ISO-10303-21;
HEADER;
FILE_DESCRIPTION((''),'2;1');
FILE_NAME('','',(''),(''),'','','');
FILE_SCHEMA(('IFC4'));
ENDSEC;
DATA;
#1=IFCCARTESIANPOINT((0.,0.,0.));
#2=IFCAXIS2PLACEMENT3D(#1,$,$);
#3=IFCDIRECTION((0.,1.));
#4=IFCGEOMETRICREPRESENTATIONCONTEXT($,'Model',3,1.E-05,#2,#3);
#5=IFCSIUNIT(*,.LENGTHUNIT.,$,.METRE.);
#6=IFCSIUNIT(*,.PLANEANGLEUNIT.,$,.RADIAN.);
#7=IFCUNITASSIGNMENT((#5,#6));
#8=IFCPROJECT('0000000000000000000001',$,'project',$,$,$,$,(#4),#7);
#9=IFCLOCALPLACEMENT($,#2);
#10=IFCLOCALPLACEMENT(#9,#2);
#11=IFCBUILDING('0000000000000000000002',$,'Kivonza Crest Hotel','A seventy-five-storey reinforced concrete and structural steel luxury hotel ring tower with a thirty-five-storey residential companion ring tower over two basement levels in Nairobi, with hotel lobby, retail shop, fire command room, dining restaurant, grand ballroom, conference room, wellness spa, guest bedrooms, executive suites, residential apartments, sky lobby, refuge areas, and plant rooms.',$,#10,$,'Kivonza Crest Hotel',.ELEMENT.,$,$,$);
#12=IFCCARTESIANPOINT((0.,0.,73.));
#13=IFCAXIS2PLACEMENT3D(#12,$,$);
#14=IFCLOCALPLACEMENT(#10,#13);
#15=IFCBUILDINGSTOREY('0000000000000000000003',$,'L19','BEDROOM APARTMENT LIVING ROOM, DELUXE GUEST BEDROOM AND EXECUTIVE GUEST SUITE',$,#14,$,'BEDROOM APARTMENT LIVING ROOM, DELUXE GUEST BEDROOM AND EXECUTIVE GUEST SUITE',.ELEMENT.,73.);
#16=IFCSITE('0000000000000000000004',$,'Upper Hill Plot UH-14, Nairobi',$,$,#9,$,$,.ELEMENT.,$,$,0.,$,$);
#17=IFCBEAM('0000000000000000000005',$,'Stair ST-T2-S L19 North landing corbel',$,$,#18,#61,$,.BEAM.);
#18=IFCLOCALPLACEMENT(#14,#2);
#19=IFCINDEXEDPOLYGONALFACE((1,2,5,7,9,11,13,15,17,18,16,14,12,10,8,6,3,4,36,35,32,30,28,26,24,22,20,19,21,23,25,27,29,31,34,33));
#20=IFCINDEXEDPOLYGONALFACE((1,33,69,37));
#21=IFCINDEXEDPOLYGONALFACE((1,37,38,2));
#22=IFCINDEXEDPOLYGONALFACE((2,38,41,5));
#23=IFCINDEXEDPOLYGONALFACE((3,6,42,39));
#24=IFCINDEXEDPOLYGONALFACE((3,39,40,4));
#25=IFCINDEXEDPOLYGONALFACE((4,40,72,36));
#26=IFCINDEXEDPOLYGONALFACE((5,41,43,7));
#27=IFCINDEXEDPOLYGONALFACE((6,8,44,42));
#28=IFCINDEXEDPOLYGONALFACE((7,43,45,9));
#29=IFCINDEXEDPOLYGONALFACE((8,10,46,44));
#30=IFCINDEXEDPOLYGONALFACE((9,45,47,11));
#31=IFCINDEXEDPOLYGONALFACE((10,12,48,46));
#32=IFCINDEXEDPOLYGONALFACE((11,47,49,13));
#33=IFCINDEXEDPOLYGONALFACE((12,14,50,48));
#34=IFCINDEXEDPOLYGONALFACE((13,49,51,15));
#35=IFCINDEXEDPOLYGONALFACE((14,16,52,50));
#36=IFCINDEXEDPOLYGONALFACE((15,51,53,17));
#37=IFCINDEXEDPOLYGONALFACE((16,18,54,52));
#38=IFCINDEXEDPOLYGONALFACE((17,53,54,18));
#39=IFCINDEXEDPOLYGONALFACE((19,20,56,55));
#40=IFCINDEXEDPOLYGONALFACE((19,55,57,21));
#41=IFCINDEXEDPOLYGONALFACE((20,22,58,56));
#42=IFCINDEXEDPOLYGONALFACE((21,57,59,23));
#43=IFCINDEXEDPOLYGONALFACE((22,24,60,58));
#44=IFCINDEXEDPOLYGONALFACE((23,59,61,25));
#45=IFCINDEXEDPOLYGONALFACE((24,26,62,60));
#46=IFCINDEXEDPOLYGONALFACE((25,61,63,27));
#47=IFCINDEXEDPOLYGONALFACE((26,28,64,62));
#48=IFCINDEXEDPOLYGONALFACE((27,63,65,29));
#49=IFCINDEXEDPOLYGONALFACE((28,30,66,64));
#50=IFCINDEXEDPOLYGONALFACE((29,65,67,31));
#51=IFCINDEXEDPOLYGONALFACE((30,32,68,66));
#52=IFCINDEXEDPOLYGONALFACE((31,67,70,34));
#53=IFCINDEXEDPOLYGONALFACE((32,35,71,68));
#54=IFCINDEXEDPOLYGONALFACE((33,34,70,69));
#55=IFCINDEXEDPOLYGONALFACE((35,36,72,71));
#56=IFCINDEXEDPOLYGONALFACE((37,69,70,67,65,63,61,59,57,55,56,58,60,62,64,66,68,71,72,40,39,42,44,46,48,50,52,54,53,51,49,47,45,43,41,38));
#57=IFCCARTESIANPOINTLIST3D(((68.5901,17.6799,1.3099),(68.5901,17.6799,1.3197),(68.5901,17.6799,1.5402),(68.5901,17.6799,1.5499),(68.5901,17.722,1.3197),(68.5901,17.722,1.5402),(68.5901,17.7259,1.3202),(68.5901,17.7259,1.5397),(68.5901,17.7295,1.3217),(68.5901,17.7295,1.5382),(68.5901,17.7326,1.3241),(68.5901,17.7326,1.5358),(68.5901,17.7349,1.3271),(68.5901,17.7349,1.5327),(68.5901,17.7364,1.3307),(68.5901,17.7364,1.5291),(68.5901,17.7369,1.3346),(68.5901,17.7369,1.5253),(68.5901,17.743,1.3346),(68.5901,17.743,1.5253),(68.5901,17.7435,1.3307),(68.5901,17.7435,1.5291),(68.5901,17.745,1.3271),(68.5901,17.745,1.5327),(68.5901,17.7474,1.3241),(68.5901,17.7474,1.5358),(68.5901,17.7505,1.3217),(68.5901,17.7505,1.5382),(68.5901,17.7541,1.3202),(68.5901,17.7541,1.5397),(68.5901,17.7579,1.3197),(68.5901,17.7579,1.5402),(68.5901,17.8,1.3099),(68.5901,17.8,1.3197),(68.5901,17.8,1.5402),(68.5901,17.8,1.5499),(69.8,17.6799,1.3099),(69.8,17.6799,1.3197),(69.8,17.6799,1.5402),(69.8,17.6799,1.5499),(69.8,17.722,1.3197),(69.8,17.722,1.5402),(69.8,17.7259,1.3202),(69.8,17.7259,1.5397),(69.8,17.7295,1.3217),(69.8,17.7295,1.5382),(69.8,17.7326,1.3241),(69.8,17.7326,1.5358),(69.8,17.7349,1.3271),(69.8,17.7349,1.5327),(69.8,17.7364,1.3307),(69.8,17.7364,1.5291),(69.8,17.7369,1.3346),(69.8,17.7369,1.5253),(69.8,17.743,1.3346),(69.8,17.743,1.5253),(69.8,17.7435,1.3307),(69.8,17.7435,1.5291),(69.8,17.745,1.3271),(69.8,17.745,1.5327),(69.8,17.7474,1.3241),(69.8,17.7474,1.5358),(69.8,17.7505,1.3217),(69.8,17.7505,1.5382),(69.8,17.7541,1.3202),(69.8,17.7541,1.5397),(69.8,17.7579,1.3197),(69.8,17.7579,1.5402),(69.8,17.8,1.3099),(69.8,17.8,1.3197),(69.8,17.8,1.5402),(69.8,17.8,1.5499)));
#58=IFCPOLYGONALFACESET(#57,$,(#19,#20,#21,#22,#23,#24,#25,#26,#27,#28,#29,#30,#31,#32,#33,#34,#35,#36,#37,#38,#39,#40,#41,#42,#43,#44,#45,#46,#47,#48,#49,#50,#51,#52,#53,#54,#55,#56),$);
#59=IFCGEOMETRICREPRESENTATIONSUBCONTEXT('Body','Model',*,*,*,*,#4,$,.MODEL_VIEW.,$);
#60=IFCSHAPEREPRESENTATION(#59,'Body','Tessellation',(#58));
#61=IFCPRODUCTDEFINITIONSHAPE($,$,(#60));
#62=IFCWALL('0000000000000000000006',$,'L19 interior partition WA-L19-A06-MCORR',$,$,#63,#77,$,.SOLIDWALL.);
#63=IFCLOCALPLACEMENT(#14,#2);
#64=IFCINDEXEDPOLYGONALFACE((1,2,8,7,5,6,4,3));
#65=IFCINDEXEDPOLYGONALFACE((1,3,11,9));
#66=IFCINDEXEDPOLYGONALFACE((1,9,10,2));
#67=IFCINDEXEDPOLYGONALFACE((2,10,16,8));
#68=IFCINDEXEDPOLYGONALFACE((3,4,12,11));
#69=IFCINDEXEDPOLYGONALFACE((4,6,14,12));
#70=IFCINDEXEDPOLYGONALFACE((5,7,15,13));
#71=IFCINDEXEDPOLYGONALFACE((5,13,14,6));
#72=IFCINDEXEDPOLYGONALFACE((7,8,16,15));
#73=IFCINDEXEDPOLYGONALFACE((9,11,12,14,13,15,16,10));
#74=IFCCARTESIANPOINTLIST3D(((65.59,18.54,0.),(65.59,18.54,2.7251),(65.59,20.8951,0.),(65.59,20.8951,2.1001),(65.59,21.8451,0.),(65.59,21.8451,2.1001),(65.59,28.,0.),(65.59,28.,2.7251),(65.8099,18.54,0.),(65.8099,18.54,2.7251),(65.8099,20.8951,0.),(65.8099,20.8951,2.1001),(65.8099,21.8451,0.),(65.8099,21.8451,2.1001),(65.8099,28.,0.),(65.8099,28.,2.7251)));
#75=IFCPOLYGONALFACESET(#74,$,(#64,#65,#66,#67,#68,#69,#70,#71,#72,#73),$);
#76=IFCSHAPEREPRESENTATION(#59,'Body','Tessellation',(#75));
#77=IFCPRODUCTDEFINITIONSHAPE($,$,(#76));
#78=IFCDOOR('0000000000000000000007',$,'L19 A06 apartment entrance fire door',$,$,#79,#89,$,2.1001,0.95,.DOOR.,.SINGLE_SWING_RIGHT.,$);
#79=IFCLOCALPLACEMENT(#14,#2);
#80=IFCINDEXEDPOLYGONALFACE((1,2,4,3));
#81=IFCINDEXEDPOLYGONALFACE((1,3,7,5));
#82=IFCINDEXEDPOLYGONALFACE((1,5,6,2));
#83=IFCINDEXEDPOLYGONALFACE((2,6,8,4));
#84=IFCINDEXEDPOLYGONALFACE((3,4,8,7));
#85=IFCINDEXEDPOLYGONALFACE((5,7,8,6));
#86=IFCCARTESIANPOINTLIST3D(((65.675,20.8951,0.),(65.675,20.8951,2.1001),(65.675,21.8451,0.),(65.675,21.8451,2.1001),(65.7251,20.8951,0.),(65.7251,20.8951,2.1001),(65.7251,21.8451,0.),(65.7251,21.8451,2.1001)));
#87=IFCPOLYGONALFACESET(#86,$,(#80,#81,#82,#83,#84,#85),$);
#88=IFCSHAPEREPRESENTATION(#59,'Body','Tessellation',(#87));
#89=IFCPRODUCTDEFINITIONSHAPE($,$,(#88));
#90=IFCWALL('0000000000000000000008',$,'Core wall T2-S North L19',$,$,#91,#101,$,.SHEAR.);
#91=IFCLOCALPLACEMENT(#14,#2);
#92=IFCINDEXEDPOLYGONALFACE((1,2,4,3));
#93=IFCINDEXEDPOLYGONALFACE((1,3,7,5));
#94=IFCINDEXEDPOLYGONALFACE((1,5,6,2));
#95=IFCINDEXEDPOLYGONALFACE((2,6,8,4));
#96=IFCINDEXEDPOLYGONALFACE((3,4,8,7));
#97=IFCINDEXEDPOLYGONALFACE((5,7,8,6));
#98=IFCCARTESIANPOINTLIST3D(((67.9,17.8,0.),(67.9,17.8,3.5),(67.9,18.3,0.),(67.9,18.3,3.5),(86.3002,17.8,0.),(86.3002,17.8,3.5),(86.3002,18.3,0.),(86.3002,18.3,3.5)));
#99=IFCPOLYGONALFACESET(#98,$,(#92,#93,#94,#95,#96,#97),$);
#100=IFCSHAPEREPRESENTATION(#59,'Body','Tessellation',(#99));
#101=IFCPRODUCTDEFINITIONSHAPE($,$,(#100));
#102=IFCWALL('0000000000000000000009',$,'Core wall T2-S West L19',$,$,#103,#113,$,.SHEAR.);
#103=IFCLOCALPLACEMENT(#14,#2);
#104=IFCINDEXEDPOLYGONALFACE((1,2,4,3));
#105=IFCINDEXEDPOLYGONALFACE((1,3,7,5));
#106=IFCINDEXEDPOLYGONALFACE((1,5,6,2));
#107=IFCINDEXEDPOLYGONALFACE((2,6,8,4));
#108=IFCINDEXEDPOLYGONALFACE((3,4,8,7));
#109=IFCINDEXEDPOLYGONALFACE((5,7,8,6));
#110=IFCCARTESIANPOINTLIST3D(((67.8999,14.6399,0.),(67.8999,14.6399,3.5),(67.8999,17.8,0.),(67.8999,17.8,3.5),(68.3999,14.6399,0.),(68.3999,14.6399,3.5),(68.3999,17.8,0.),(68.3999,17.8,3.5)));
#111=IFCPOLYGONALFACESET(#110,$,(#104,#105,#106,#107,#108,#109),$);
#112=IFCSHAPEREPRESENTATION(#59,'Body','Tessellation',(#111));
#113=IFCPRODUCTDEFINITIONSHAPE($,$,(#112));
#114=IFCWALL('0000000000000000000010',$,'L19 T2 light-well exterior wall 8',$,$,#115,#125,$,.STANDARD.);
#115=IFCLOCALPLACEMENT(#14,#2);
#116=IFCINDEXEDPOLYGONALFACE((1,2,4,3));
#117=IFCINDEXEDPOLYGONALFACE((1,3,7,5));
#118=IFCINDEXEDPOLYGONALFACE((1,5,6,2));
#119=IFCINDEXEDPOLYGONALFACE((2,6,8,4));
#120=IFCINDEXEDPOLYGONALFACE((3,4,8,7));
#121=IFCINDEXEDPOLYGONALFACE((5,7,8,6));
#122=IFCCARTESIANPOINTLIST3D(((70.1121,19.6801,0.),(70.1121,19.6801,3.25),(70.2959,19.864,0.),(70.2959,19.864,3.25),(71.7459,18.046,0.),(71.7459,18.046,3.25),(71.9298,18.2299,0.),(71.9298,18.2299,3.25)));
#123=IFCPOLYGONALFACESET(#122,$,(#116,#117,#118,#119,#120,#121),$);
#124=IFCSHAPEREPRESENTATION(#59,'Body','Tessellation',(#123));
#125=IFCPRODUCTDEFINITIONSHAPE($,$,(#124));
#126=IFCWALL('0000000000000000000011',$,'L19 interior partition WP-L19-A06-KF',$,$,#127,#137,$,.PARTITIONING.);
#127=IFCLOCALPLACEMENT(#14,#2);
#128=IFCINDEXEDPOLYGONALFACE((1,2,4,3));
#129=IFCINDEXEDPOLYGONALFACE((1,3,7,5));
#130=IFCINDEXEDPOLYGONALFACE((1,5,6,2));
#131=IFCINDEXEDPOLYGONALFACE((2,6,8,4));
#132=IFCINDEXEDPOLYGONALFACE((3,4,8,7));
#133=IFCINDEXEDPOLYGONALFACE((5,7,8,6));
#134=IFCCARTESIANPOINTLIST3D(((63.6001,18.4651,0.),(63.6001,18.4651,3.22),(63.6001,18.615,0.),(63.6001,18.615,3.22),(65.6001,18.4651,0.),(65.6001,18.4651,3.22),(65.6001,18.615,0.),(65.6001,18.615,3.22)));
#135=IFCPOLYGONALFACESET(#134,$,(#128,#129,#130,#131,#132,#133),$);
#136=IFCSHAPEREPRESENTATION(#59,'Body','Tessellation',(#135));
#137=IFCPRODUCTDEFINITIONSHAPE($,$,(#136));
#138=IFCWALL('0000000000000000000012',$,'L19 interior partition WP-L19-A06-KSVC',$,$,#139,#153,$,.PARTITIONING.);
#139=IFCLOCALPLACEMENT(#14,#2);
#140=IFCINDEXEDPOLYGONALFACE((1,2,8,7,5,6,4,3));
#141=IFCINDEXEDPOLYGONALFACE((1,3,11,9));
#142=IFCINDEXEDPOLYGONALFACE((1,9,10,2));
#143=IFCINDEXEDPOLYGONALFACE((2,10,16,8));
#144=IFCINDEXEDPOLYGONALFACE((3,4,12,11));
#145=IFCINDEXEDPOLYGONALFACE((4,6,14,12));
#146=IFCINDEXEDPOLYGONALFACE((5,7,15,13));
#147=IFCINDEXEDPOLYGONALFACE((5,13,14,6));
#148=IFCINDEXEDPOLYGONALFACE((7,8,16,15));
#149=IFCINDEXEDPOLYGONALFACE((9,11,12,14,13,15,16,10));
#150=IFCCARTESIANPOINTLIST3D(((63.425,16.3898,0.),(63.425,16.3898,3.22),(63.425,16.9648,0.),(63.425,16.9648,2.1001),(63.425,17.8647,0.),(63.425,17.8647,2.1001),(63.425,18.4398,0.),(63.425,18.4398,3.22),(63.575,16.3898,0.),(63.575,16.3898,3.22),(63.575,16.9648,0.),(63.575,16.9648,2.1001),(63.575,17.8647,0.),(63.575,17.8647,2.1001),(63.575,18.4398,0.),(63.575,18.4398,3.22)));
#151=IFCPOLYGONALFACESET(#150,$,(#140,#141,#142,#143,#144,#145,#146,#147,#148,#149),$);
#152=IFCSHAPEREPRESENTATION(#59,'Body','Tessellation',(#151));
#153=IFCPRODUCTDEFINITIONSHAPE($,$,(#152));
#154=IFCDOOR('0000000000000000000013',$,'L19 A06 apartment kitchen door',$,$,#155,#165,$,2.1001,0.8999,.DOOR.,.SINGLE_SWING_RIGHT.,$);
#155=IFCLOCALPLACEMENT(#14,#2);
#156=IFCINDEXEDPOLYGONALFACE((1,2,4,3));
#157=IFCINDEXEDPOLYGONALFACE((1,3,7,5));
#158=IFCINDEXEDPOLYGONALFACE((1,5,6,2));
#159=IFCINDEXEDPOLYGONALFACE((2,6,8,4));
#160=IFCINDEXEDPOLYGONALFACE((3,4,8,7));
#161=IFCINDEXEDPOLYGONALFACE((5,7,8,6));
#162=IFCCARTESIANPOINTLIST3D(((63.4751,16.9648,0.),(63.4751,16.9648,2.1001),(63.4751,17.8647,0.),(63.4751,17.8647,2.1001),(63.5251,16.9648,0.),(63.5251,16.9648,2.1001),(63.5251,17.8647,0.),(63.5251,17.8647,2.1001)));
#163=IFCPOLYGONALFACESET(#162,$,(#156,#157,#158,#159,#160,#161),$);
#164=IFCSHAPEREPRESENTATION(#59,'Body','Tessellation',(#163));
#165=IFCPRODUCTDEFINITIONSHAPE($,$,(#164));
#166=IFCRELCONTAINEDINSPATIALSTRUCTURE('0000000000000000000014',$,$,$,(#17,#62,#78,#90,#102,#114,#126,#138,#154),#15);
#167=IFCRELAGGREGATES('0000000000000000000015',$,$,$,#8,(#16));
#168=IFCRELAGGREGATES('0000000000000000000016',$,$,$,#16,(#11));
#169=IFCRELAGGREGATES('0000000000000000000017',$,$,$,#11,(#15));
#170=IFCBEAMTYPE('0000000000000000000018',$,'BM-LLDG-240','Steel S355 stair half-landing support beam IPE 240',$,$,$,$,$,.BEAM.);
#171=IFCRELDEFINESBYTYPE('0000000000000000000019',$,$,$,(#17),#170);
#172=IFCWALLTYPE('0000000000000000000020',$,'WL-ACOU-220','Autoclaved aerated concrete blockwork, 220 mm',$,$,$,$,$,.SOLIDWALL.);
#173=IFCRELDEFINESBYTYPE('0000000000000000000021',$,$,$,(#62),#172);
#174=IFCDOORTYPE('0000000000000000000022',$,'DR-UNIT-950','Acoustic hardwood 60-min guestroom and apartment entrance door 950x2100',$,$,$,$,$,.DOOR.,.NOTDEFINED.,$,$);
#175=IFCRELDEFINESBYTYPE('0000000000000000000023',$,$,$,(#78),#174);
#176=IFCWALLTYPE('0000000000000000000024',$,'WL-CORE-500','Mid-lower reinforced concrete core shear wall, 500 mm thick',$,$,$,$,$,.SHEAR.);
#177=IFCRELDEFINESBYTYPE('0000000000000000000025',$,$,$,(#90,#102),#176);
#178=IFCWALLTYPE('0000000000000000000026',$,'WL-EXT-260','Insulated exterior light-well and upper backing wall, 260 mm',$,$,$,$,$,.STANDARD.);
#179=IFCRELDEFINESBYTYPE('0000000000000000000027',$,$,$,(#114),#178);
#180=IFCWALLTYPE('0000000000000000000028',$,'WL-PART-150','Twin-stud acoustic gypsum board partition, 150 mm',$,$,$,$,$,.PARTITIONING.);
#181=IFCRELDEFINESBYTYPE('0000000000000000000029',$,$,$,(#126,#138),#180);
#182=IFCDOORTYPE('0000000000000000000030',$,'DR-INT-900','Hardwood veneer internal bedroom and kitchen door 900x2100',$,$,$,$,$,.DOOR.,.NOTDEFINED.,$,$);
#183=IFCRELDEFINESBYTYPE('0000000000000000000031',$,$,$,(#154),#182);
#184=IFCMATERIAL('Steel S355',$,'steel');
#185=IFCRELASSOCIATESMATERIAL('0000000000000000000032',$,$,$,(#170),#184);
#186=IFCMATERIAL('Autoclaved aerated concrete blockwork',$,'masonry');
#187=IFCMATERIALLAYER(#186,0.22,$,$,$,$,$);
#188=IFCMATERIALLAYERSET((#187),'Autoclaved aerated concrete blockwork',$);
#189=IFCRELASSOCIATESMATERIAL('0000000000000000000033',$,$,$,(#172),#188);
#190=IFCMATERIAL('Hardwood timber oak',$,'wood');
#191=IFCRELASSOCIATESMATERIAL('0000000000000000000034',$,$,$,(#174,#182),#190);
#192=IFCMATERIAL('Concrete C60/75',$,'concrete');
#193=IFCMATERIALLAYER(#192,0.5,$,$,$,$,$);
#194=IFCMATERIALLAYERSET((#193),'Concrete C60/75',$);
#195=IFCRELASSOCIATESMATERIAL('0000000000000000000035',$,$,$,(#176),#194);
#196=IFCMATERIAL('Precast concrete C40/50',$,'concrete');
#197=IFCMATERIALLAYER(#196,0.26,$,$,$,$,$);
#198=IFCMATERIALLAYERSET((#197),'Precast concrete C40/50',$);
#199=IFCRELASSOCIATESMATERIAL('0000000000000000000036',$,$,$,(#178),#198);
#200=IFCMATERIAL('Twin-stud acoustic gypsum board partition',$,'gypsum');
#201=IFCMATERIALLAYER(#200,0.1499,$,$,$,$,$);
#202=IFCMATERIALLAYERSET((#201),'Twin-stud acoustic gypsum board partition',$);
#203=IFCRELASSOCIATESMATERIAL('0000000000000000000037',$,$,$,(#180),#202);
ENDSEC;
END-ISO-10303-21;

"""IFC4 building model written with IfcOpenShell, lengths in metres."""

from ifc_helpers import new_model, si_unit, direction, frame, frame_2d, origin, origin_2d, place, context, subcontext, project, spatial, rectangle, i_section, extrude, material, layer, layer_set, material_profile, profile_set, type_object, element, fill, save


model = new_model("IFC4")

# Units and contexts
model_context = context("Model", 3, precision=1e-05, world=origin(), true_north=direction((0.0, 1.0)))
body_context = subcontext(model_context, "Body", "Model", "MODEL_VIEW")
ifc_project = project(units=[si_unit("LENGTHUNIT", "METRE"), si_unit("PLANEANGLEUNIT", "RADIAN")], contexts=[model_context])

# Site, building, storey
site_placement = place(None, origin())
site = spatial("IfcSite", under=ifc_project, at=site_placement, Name="Upper Hill Plot UH-14, Nairobi", CompositionType="ELEMENT", RefElevation=0.0)
building_placement = place(site_placement, origin())
building = spatial("IfcBuilding", under=site, at=building_placement, Name="Kivonza Crest Hotel", Description="A seventy-five-storey reinforced concrete and structural steel luxury hotel ring tower with a thirty-five-storey residential companion ring tower over two basement levels in Nairobi, with hotel lobby, retail shop, fire command room, dining restaurant, grand ballroom, conference room, wellness spa, guest bedrooms, executive suites, residential apartments, sky lobby, refuge areas, and plant rooms.", LongName="Kivonza Crest Hotel", CompositionType="ELEMENT")
storey_placement = place(building_placement, frame((0.0, 0.0, 73.0)))
storey = spatial("IfcBuildingStorey", under=building, at=storey_placement, Name="L19", Description="BEDROOM APARTMENT LIVING ROOM, DELUXE GUEST BEDROOM AND EXECUTIVE GUEST SUITE", LongName="BEDROOM APARTMENT LIVING ROOM, DELUXE GUEST BEDROOM AND EXECUTIVE GUEST SUITE", CompositionType="ELEMENT", Elevation=73.0)

# Beam
ifc_material_1 = material(Name="Steel S355", Category="steel")
ifc_material_profile_1 = material_profile(ifc_material_1, i_section(OverallWidth=0.1201, OverallDepth=0.24, WebThickness=0.0061, FlangeThickness=0.0098, FilletRadius=0.0149, at=origin_2d()), Name="IPE 240")
ifc_profile_set_1 = profile_set([ifc_material_profile_1], Name="Steel S355")
beam_type_1 = type_object("IfcBeamType", Name="BM-LLDG-240", Description="Steel S355 stair half-landing support beam IPE 240", PredefinedType="BEAM", material=ifc_profile_set_1)
for number, where, z_axis, x_axis, name in (
    (1, (68.5901, 17.74, 1.4299), (1.0, 0.0, 0.0), (0.0, 1.0, 0.0), "Stair ST-T2-S L19 North landing corbel"),
):
    element("IfcBeam", number, at=place(storey_placement, frame(where, z_axis=z_axis, x_axis=x_axis)), inside=storey, type_object=beam_type_1, Name=name, PredefinedType="BEAM", context=body_context, shape_type="SweptSolid", body=[
        extrude(i_section(OverallWidth=0.1201, OverallDepth=0.24, WebThickness=0.0061, FlangeThickness=0.0098, FilletRadius=0.0149, at=origin_2d()), origin(), (0.0, 0.0, 1.0), 1.21),
    ])

# Wall, opening, door
ifc_material_2 = material(Name="Autoclaved aerated concrete blockwork", Category="masonry")
ifc_layer_1 = layer(ifc_material_2, 0.22)
ifc_layer_set_1 = layer_set([ifc_layer_1], Name="Autoclaved aerated concrete blockwork")
wall_type_1 = type_object("IfcWallType", Name="WL-ACOU-220", Description="Autoclaved aerated concrete blockwork, 220 mm", PredefinedType="SOLIDWALL", material=ifc_layer_set_1)
wall_1_placement = place(storey_placement, frame((65.7, 18.54, 0.0), z_axis=(0.0, 0.0, 1.0), x_axis=(0.0, 1.0, 0.0)))
wall_1 = element("IfcWall", 2, at=wall_1_placement, inside=storey, type_object=wall_type_1, Name="L19 interior partition WA-L19-A06-MCORR", PredefinedType="SOLIDWALL", context=body_context, shape_type="SweptSolid", body=[
    extrude(rectangle(XDim=9.46, YDim=0.22, at=frame_2d((4.73, 0.0))), origin(), (0.0, 0.0, 1.0), 2.7251),
])
opening_1_placement = place(wall_1_placement, frame((2.355, 0.0, 0.0)))
opening_1 = element("IfcOpeningElement", 3, at=opening_1_placement, cuts=wall_1, PredefinedType="OPENING", context=body_context, shape_type="SweptSolid", body=[
    extrude(rectangle(XDim=0.95, YDim=2.1001, at=frame_2d((0.4751, 1.05))), frame((0.0, 0.1201, 0.0), z_axis=(0.0, -1.0, 0.0), x_axis=(1.0, 0.0, 0.0)), (0.0, 0.0, 1.0), 0.24),
])
ifc_material_3 = material(Name="Hardwood timber oak", Category="wood")
door_type_1 = type_object("IfcDoorType", Name="DR-UNIT-950", Description="Acoustic hardwood 60-min guestroom and apartment entrance door 950x2100", OperationType="NOTDEFINED", PredefinedType="DOOR", material=ifc_material_3)
door_1_placement = place(opening_1_placement, origin())
door_1 = element("IfcDoor", 4, at=door_1_placement, inside=storey, type_object=door_type_1, Name="L19 A06 apartment entrance fire door", OperationType="SINGLE_SWING_RIGHT", OverallHeight=2.1001, OverallWidth=0.95, PredefinedType="DOOR", context=body_context, shape_type="SweptSolid", body=[
    extrude(rectangle(XDim=0.95, YDim=2.1001, at=frame_2d((0.4751, 1.05))), frame((0.0, 0.0249, 0.0), z_axis=(0.0, -1.0, 0.0), x_axis=(1.0, 0.0, 0.0)), (0.0, 0.0, 1.0), 0.05),
])
fill(opening_1, door_1)

# Shared definitions
ifc_material_4 = material(Name="Concrete C60/75", Category="concrete")
ifc_layer_2 = layer(ifc_material_4, 0.5)
ifc_layer_set_2 = layer_set([ifc_layer_2], Name="Concrete C60/75")
wall_type_2 = type_object("IfcWallType", Name="WL-CORE-500", Description="Mid-lower reinforced concrete core shear wall, 500 mm thick", PredefinedType="SHEAR", material=ifc_layer_set_2)

# Walls
wall_2_placement = place(storey_placement, frame((67.8999, 18.05, 0.0), z_axis=(0.0, 0.0, 1.0), x_axis=(1.0, 0.0, 0.0)))
element("IfcWall", 5, at=wall_2_placement, inside=storey, type_object=wall_type_2, Name="Core wall T2-S North L19", PredefinedType="SHEAR", context=body_context, shape_type="SweptSolid", body=[
    extrude(rectangle(XDim=18.4001, YDim=0.5, at=frame_2d((9.2002, 0.0))), origin(), (0.0, 0.0, 1.0), 3.5),
])
wall_3_placement = place(storey_placement, frame((68.1499, 14.6399, 0.0), z_axis=(0.0, 0.0, 1.0), x_axis=(0.0, 1.0, 0.0)))
element("IfcWall", 6, at=wall_3_placement, inside=storey, type_object=wall_type_2, Name="Core wall T2-S West L19", PredefinedType="SHEAR", context=body_context, shape_type="SweptSolid", body=[
    extrude(rectangle(XDim=3.1602, YDim=0.5, at=frame_2d((1.5801, 0.0))), origin(), (0.0, 0.0, 1.0), 3.5),
])
ifc_material_5 = material(Name="Precast concrete C40/50", Category="concrete")
ifc_layer_3 = layer(ifc_material_5, 0.26)
ifc_layer_set_3 = layer_set([ifc_layer_3], Name="Precast concrete C40/50")
wall_type_3 = type_object("IfcWallType", Name="WL-EXT-260", Description="Insulated exterior light-well and upper backing wall, 260 mm", PredefinedType="STANDARD", material=ifc_layer_set_3)
wall_4_placement = place(storey_placement, frame((70.2041, 19.772, 0.0), z_axis=(0.0, 0.0, 1.0), x_axis=(0.707054, -0.70716, 0.0)))
element("IfcWall", 7, at=wall_4_placement, inside=storey, type_object=wall_type_3, Name="L19 T2 light-well exterior wall 8", PredefinedType="STANDARD", context=body_context, shape_type="SweptSolid", body=[
    extrude(rectangle(XDim=2.3108, YDim=0.26, at=frame_2d((1.1553, 0.0))), origin(), (0.0, 0.0, 1.0), 3.25),
])
ifc_material_6 = material(Name="Twin-stud acoustic gypsum board partition", Category="gypsum")
ifc_layer_4 = layer(ifc_material_6, 0.1499)
ifc_layer_set_4 = layer_set([ifc_layer_4], Name="Twin-stud acoustic gypsum board partition")
wall_type_4 = type_object("IfcWallType", Name="WL-PART-150", Description="Twin-stud acoustic gypsum board partition, 150 mm", PredefinedType="PARTITIONING", material=ifc_layer_set_4)
wall_5_placement = place(storey_placement, frame((63.6001, 18.54, 0.0), z_axis=(0.0, 0.0, 1.0), x_axis=(1.0, 0.0, 0.0)))
element("IfcWall", 8, at=wall_5_placement, inside=storey, type_object=wall_type_4, Name="L19 interior partition WP-L19-A06-KF", PredefinedType="PARTITIONING", context=body_context, shape_type="SweptSolid", body=[
    extrude(rectangle(XDim=2.0, YDim=0.1499, at=frame_2d((1.0, 0.0))), origin(), (0.0, 0.0, 1.0), 3.22),
])

# Wall, opening, door
wall_6_placement = place(storey_placement, frame((63.5, 16.3899, 0.0), z_axis=(0.0, 0.0, 1.0), x_axis=(0.0, 1.0, 0.0)))
wall_6 = element("IfcWall", 9, at=wall_6_placement, inside=storey, type_object=wall_type_4, Name="L19 interior partition WP-L19-A06-KSVC", PredefinedType="PARTITIONING", context=body_context, shape_type="SweptSolid", body=[
    extrude(rectangle(XDim=2.05, YDim=0.1499, at=frame_2d((1.0249, 0.0))), origin(), (0.0, 0.0, 1.0), 3.22),
])
opening_2_placement = place(wall_6_placement, frame((0.575, 0.0, 0.0)))
opening_2 = element("IfcOpeningElement", 10, at=opening_2_placement, cuts=wall_6, PredefinedType="OPENING", context=body_context, shape_type="SweptSolid", body=[
    extrude(rectangle(XDim=0.8999, YDim=2.1001, at=frame_2d((0.45, 1.05))), frame((0.0, 0.085, 0.0), z_axis=(0.0, -1.0, 0.0), x_axis=(1.0, 0.0, 0.0)), (0.0, 0.0, 1.0), 0.1699),
])
door_type_2 = type_object("IfcDoorType", Name="DR-INT-900", Description="Hardwood veneer internal bedroom and kitchen door 900x2100", OperationType="NOTDEFINED", PredefinedType="DOOR", material=ifc_material_3)
door_2_placement = place(opening_2_placement, origin())
door_2 = element("IfcDoor", 11, at=door_2_placement, inside=storey, type_object=door_type_2, Name="L19 A06 apartment kitchen door", OperationType="SINGLE_SWING_RIGHT", OverallHeight=2.1001, OverallWidth=0.8999, PredefinedType="DOOR", context=body_context, shape_type="SweptSolid", body=[
    extrude(rectangle(XDim=0.8999, YDim=2.1001, at=frame_2d((0.45, 1.05))), frame((0.0, 0.0249, 0.0), z_axis=(0.0, -1.0, 0.0), x_axis=(1.0, 0.0, 0.0)), (0.0, 0.0, 1.0), 0.05),
])
fill(opening_2, door_2)

save(model, "model.ifc")
